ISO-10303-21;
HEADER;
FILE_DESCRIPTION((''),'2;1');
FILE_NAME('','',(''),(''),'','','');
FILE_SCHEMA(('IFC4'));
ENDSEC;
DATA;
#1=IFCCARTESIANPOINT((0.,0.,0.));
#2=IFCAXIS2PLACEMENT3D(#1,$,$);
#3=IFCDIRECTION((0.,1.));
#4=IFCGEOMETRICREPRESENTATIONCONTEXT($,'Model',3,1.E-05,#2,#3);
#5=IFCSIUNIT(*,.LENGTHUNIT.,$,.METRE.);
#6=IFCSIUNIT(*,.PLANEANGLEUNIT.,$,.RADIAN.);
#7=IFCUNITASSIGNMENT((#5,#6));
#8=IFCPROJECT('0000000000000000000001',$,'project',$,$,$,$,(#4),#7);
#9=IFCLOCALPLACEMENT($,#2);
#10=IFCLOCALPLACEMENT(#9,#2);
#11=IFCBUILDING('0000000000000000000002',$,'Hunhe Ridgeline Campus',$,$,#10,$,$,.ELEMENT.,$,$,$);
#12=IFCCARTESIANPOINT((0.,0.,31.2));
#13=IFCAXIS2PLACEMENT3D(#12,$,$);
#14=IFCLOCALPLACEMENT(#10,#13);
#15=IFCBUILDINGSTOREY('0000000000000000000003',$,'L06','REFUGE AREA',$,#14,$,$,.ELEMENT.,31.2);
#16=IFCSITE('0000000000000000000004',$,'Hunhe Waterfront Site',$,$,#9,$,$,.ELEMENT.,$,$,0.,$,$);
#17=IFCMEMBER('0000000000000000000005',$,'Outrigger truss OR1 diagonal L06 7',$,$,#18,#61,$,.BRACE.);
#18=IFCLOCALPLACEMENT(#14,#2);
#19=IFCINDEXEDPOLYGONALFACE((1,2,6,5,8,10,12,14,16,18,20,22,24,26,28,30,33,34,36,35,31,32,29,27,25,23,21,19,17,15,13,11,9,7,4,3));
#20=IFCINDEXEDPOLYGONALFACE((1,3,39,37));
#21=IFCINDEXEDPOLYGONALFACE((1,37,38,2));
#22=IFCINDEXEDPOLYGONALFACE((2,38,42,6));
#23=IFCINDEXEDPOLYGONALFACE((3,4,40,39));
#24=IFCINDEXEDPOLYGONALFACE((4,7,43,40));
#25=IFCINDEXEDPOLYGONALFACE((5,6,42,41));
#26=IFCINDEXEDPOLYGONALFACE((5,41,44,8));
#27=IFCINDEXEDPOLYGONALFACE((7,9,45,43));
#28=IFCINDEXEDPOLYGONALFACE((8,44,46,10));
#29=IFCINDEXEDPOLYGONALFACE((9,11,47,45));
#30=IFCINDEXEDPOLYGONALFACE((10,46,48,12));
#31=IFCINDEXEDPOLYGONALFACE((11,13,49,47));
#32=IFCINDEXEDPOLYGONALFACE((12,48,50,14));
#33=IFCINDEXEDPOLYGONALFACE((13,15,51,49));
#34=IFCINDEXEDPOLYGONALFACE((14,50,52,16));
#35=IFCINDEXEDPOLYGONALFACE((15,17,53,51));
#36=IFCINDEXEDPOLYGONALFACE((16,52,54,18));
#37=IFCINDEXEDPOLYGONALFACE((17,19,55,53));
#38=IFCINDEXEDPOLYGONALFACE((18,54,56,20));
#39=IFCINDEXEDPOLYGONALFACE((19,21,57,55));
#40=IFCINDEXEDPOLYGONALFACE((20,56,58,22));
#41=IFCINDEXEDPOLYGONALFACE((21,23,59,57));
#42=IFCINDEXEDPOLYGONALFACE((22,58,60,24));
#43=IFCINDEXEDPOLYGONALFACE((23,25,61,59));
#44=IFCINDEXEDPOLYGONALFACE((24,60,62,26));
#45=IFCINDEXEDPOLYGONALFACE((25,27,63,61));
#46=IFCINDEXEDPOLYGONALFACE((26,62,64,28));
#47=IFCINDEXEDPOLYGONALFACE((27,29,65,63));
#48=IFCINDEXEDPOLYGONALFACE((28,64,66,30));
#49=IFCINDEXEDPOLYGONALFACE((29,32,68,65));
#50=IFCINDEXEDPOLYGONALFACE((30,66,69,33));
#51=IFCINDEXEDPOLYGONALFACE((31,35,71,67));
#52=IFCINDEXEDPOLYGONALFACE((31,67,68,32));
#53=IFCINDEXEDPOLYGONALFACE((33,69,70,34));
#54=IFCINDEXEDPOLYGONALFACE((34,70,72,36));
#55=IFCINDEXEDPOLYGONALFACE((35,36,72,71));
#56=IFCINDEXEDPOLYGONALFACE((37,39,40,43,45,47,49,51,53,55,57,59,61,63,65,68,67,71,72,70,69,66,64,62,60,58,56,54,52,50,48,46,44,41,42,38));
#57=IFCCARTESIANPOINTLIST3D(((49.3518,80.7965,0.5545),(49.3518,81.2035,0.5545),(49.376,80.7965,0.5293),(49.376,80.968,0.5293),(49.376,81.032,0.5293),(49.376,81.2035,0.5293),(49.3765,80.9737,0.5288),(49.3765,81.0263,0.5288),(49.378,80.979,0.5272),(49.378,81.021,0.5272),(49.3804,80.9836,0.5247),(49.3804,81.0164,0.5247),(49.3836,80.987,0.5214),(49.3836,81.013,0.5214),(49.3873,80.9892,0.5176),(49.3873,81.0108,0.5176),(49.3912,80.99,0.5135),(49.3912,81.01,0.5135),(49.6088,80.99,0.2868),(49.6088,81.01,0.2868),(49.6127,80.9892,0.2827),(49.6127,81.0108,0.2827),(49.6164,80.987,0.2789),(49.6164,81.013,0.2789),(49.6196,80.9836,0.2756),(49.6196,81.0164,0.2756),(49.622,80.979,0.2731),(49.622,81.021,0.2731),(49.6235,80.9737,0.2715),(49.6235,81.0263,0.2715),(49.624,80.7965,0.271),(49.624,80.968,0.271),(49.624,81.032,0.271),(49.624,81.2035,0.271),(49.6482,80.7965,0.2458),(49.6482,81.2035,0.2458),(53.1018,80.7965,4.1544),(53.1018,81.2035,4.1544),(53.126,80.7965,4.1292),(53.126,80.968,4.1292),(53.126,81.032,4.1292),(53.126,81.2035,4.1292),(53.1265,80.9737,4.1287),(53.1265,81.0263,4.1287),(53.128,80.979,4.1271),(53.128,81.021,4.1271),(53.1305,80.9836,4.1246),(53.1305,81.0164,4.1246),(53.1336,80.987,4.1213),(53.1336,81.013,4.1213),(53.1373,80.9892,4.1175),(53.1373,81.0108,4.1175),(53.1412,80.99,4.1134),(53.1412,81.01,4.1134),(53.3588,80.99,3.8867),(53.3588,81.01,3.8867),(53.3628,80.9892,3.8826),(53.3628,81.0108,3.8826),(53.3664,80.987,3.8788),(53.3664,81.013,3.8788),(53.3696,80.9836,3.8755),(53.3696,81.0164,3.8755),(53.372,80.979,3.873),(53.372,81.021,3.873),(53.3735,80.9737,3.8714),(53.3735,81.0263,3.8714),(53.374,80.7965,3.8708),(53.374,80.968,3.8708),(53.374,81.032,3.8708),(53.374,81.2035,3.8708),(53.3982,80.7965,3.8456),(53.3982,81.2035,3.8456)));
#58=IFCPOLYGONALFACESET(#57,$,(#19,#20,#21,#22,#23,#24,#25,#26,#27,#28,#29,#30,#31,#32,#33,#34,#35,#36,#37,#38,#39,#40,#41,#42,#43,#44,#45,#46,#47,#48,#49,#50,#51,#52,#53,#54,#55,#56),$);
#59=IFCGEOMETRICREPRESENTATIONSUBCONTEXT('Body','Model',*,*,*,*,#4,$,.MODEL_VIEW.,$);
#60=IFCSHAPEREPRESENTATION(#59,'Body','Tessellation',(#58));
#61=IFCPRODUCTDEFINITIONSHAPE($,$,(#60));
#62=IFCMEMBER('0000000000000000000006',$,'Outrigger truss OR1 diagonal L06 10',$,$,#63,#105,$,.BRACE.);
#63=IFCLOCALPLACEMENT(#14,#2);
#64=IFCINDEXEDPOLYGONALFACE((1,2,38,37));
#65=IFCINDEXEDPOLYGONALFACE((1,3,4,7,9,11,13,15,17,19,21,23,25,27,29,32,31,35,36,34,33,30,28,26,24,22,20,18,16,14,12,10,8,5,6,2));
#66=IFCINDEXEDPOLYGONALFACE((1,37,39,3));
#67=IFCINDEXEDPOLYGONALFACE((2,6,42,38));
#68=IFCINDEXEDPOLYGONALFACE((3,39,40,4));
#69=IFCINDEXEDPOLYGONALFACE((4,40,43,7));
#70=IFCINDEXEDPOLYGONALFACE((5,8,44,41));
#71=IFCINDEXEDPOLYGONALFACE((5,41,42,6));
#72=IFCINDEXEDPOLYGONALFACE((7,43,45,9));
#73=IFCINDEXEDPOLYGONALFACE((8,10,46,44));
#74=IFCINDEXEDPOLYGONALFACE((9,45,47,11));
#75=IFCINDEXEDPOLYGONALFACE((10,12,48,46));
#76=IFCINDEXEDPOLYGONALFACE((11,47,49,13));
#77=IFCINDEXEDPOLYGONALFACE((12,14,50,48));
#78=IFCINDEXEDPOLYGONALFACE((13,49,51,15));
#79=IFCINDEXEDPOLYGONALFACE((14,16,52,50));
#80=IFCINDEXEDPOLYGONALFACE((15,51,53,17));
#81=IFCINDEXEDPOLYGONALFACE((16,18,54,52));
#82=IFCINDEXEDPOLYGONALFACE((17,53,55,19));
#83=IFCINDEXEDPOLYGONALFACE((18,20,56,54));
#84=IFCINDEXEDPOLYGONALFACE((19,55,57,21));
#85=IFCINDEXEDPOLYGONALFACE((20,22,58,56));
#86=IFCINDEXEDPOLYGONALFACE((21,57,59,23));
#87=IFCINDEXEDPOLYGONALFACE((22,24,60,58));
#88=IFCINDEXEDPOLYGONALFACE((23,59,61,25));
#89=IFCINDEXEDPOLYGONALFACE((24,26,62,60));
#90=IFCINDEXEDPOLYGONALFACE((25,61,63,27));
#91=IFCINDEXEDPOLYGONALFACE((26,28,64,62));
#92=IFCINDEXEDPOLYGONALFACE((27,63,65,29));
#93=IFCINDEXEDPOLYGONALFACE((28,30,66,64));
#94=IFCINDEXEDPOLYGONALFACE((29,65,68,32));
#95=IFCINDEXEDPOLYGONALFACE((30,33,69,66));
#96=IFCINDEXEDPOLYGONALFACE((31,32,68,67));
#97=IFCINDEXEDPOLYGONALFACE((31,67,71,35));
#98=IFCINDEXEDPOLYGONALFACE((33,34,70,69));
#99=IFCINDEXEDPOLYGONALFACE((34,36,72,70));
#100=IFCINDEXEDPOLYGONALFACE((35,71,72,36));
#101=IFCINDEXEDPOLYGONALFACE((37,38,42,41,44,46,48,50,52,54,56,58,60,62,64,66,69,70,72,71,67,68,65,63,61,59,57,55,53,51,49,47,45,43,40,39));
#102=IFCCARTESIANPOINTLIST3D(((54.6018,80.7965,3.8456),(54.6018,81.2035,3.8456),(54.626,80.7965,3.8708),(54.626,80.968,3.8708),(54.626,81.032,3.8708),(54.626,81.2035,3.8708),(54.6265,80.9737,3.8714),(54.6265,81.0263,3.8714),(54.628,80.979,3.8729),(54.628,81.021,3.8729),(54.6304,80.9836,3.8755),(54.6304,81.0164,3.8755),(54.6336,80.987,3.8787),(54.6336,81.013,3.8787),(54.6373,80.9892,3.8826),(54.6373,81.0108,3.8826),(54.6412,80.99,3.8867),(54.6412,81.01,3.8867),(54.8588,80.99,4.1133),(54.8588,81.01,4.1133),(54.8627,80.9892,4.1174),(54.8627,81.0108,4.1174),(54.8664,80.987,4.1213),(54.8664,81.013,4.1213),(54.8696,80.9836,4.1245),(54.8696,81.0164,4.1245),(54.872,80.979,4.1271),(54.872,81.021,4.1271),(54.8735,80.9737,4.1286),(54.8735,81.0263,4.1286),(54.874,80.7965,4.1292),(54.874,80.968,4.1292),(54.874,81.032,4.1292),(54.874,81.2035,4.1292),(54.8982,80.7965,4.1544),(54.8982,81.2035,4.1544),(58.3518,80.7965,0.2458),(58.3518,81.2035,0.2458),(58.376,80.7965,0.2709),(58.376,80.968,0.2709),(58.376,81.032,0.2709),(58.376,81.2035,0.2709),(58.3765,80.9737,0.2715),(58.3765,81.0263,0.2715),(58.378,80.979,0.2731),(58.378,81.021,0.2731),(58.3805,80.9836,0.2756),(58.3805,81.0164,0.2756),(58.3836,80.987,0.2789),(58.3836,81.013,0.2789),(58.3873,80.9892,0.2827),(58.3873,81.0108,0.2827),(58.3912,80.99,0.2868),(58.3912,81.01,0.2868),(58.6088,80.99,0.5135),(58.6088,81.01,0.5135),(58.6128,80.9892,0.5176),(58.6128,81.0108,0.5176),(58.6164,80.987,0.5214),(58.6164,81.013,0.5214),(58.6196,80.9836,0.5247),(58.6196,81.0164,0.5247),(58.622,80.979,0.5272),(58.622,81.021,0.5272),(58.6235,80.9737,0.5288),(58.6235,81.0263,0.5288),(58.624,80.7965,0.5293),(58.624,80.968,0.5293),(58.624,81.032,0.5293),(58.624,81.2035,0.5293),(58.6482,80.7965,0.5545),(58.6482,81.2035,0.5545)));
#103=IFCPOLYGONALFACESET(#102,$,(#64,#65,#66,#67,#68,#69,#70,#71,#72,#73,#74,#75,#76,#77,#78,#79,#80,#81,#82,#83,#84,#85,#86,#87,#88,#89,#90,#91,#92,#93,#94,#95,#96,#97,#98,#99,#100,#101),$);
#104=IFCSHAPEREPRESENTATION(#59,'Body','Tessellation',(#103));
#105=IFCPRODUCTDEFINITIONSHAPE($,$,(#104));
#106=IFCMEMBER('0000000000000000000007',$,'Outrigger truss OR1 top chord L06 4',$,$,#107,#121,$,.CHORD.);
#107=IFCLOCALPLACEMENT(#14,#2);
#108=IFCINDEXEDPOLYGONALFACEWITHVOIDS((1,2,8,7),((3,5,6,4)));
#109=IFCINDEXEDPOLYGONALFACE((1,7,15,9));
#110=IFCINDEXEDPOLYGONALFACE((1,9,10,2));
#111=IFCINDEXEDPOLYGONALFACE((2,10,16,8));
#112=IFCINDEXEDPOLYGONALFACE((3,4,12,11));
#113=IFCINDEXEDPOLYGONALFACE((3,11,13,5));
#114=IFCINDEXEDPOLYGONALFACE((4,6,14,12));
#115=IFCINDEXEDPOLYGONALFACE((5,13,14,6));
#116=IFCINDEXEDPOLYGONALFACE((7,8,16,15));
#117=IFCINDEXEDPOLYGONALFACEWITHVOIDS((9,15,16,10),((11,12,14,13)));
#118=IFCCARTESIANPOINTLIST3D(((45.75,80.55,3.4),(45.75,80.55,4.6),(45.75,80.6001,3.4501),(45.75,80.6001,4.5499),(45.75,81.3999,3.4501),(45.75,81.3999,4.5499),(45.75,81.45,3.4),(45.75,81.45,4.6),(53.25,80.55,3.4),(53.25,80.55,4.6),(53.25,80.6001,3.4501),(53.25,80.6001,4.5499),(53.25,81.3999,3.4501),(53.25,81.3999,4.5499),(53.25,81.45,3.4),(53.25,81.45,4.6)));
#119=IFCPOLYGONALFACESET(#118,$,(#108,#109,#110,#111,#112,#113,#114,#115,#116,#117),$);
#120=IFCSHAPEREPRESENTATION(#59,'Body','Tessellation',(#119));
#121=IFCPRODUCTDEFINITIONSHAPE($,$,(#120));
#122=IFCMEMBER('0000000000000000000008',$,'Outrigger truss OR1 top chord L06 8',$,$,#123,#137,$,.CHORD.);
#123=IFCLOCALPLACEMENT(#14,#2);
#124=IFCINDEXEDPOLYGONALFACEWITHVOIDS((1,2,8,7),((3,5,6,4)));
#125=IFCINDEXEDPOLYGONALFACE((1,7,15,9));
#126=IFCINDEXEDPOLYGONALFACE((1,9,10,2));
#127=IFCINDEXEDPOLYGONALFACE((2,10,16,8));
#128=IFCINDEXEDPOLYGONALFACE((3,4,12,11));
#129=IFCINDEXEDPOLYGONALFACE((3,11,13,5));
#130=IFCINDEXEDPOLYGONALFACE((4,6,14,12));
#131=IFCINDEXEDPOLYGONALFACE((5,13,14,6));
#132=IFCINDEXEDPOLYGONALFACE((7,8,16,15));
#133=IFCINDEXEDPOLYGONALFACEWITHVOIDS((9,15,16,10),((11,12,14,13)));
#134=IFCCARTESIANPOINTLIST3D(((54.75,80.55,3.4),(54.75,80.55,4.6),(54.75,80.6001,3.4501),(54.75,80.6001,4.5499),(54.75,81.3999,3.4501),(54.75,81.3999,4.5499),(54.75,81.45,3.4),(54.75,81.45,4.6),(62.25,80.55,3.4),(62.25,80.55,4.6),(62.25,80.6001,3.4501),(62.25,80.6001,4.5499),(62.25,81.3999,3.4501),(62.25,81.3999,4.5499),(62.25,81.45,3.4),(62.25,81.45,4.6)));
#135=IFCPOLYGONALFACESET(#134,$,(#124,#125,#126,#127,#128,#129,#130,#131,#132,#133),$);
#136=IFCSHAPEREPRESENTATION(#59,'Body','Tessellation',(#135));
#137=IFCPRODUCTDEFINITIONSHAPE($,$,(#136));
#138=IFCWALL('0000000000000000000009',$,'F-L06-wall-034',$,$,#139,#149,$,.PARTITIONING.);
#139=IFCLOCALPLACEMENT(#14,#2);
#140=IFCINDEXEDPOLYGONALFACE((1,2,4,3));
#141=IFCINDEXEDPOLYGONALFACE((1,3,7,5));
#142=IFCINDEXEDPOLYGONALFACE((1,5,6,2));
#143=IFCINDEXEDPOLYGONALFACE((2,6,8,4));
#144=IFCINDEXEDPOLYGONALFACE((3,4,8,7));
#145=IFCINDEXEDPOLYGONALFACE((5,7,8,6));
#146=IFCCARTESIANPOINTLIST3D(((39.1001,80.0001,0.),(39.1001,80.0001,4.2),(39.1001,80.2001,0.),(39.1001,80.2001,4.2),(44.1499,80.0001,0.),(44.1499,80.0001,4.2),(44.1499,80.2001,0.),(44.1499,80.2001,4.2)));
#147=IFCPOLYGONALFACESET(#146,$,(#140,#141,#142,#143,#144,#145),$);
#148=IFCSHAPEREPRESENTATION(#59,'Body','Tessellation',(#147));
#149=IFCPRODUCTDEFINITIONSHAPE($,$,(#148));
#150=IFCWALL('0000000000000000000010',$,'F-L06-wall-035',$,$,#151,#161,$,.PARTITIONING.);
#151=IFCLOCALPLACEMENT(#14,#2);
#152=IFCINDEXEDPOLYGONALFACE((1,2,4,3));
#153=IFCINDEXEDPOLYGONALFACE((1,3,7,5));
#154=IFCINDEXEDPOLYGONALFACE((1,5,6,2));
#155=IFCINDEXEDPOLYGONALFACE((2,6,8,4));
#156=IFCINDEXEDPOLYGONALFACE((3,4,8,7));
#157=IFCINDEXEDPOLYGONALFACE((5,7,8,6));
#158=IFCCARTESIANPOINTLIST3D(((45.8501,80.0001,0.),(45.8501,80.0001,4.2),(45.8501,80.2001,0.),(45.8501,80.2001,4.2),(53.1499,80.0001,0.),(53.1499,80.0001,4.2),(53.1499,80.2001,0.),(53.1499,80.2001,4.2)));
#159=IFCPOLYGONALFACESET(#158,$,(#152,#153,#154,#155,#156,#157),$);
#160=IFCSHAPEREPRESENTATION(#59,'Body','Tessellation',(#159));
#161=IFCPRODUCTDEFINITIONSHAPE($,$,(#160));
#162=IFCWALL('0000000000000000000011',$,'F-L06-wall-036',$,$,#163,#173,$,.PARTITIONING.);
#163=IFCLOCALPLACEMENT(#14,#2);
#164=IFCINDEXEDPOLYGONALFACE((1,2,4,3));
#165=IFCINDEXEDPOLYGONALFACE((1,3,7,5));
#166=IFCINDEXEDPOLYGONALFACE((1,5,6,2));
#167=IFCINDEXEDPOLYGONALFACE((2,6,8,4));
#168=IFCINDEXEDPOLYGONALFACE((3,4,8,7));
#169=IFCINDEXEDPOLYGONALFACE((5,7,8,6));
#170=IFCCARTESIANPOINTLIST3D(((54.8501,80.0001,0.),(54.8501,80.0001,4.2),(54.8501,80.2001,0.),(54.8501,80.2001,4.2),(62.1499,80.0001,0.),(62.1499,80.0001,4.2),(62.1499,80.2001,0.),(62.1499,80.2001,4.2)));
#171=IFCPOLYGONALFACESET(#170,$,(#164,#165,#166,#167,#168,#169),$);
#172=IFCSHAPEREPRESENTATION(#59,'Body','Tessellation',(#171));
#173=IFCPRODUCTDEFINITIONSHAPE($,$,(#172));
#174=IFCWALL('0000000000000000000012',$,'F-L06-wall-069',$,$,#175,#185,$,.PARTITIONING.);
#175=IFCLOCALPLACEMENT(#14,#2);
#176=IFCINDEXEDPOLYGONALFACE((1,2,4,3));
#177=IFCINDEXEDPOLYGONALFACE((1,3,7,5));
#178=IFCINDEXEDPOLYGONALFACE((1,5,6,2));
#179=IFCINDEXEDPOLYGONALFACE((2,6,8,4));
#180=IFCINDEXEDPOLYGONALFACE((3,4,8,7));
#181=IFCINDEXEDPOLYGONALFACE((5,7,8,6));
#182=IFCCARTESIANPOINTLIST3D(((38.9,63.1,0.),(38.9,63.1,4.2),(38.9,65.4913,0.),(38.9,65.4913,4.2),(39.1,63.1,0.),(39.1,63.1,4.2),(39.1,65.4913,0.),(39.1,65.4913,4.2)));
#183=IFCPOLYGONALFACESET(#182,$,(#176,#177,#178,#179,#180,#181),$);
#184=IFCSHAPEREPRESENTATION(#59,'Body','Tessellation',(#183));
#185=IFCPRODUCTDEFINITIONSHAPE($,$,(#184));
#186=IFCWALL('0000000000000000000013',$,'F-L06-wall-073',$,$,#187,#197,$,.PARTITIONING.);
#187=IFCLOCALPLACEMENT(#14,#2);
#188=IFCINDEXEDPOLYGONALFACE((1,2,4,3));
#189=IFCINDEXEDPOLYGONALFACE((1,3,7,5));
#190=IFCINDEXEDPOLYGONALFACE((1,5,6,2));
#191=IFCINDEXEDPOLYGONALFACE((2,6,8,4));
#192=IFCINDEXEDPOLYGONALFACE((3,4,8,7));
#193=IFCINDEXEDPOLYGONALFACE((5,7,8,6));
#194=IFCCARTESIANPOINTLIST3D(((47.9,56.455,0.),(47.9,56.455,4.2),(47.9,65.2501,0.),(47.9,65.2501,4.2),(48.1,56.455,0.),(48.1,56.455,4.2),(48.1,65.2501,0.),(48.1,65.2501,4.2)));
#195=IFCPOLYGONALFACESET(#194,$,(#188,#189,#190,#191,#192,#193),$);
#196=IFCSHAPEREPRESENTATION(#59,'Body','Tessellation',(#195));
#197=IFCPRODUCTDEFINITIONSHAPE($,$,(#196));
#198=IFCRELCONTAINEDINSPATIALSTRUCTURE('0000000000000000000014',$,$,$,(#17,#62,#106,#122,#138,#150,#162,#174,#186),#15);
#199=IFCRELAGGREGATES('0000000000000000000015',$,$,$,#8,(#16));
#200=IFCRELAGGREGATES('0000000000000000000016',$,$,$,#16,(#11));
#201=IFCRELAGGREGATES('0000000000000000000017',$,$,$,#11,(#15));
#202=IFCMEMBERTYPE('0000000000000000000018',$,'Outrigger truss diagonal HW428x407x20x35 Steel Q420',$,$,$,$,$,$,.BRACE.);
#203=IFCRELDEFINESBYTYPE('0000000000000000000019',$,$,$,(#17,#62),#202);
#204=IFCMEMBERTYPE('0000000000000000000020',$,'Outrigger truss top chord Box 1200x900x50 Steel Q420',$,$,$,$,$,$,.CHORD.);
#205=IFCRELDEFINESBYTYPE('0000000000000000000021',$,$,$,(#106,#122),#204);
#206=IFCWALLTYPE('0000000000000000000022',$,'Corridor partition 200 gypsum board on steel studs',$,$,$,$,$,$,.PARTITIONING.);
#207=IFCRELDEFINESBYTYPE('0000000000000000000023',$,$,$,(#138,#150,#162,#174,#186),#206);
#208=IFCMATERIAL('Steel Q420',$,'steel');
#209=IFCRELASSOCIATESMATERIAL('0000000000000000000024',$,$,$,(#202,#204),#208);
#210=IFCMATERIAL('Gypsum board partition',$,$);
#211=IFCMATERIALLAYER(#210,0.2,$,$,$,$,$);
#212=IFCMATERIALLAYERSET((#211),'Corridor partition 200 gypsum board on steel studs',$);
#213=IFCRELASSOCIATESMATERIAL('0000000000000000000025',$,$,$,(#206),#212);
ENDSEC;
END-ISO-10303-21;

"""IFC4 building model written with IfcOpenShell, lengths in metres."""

from ifc_helpers import new_model, si_unit, direction, frame, frame_2d, origin, origin_2d, place, context, subcontext, project, spatial, rectangle, hollow_rectangle, i_section, extrude, material, layer, layer_set, material_profile, profile_set, type_object, element, save


model = new_model("IFC4")

# Units and contexts
model_context = context("Model", 3, precision=1e-05, world=origin(), true_north=direction((0.0, 1.0)))
body_context = subcontext(model_context, "Body", "Model", "MODEL_VIEW")
ifc_project = project(units=[si_unit("LENGTHUNIT", "METRE"), si_unit("PLANEANGLEUNIT", "RADIAN")], contexts=[model_context])

# Site, building, storey
site_placement = place(None, origin())
site = spatial("IfcSite", under=ifc_project, at=site_placement, Name="Hunhe Waterfront Site", CompositionType="ELEMENT", RefElevation=0.0)
building_placement = place(site_placement, origin())
building = spatial("IfcBuilding", under=site, at=building_placement, Name="Hunhe Ridgeline Campus", CompositionType="ELEMENT")
storey_placement = place(building_placement, frame((0.0, 0.0, 31.2)))
storey = spatial("IfcBuildingStorey", under=building, at=storey_placement, Name="L06", Description="REFUGE AREA", CompositionType="ELEMENT", Elevation=31.2)

# Members
ifc_material_1 = material(Name="Steel Q420", Category="steel")
ifc_material_profile_1 = material_profile(ifc_material_1, i_section(OverallWidth=0.407, OverallDepth=0.428, WebThickness=0.02, FlangeThickness=0.0349, FilletRadius=0.022, at=origin_2d()))
ifc_profile_set_1 = profile_set([ifc_material_profile_1], Name="Steel Q420")
member_type_1 = type_object("IfcMemberType", Name="Outrigger truss diagonal HW428x407x20x35 Steel Q420", PredefinedType="BRACE", material=ifc_profile_set_1)
for number, where, z_axis, x_axis, name in (
    (1, (49.5, 81.0, 0.4001), (0.721401, 0.0, 0.692517), (0.0, 1.0, 0.0), "Outrigger truss OR1 diagonal L06 7"),
    (2, (54.75, 81.0, 4.0), (0.721401, 0.0, -0.692517), (0.0, 1.0, 0.0), "Outrigger truss OR1 diagonal L06 10"),
):
    element("IfcMember", number, at=place(storey_placement, frame(where, z_axis=z_axis, x_axis=x_axis)), inside=storey, type_object=member_type_1, Name=name, PredefinedType="BRACE", context=body_context, shape_type="SweptSolid", body=[
        extrude(i_section(OverallWidth=0.407, OverallDepth=0.428, WebThickness=0.02, FlangeThickness=0.0349, FilletRadius=0.022, at=origin_2d()), origin(), (0.0, 0.0, 1.0), 5.1982),
    ])
ifc_material_profile_2 = material_profile(ifc_material_1, hollow_rectangle(XDim=0.8999, YDim=1.2, WallThickness=0.05, at=origin_2d()))
ifc_profile_set_2 = profile_set([ifc_material_profile_2], Name="Steel Q420")
member_type_2 = type_object("IfcMemberType", Name="Outrigger truss top chord Box 1200x900x50 Steel Q420", PredefinedType="CHORD", material=ifc_profile_set_2)
for number, where, z_axis, x_axis, name in (
    (3, (45.75, 81.0, 4.0), (1.0, 0.0, 0.0), (0.0, 1.0, 0.0), "Outrigger truss OR1 top chord L06 4"),
    (4, (54.75, 81.0, 4.0), (1.0, 0.0, 0.0), (0.0, 1.0, 0.0), "Outrigger truss OR1 top chord L06 8"),
):
    element("IfcMember", number, at=place(storey_placement, frame(where, z_axis=z_axis, x_axis=x_axis)), inside=storey, type_object=member_type_2, Name=name, PredefinedType="CHORD", context=body_context, shape_type="SweptSolid", body=[
        extrude(hollow_rectangle(XDim=0.8999, YDim=1.2, WallThickness=0.05, at=origin_2d()), origin(), (0.0, 0.0, 1.0), 7.5),
    ])

# Walls
ifc_material_2 = material(Name="Gypsum board partition")
ifc_layer = layer(ifc_material_2, 0.2)
ifc_layer_set = layer_set([ifc_layer], Name="Corridor partition 200 gypsum board on steel studs")
wall_type = type_object("IfcWallType", Name="Corridor partition 200 gypsum board on steel studs", PredefinedType="PARTITIONING", material=ifc_layer_set)
wall_1_placement = place(storey_placement, frame((39.1001, 80.1001, 0.0), z_axis=(0.0, 0.0, 1.0), x_axis=(1.0, 0.0, 0.0)))
element("IfcWall", 5, at=wall_1_placement, inside=storey, type_object=wall_type, Name="F-L06-wall-034", PredefinedType="PARTITIONING", context=body_context, shape_type="SweptSolid", body=[
    extrude(rectangle(XDim=5.0498, YDim=0.2, at=frame_2d((2.5249, 0.0))), origin(), (0.0, 0.0, 1.0), 4.2),
])
for number, where, z_axis, x_axis, name in (
    (6, (45.8501, 80.1001, 0.0), (0.0, 0.0, 1.0), (1.0, 0.0, 0.0), "F-L06-wall-035"),
    (7, (54.8501, 80.1001, 0.0), (0.0, 0.0, 1.0), (1.0, 0.0, 0.0), "F-L06-wall-036"),
):
    element("IfcWall", number, at=place(storey_placement, frame(where, z_axis=z_axis, x_axis=x_axis)), inside=storey, type_object=wall_type, Name=name, PredefinedType="PARTITIONING", context=body_context, shape_type="SweptSolid", body=[
        extrude(rectangle(XDim=7.2998, YDim=0.2, at=frame_2d((3.6499, 0.0))), origin(), (0.0, 0.0, 1.0), 4.2),
    ])
wall_2_placement = place(storey_placement, frame((39.0, 65.4915, 0.0), z_axis=(0.0, 0.0, 1.0), x_axis=(0.0, -1.0, 0.0)))
element("IfcWall", 8, at=wall_2_placement, inside=storey, type_object=wall_type, Name="F-L06-wall-069", PredefinedType="PARTITIONING", context=body_context, shape_type="SweptSolid", body=[
    extrude(rectangle(XDim=2.3914, YDim=0.2, at=frame_2d((1.1958, 0.0))), origin(), (0.0, 0.0, 1.0), 4.2),
])
wall_3_placement = place(storey_placement, frame((48.0, 65.25, 0.0), z_axis=(0.0, 0.0, 1.0), x_axis=(0.0, -1.0, 0.0)))
element("IfcWall", 9, at=wall_3_placement, inside=storey, type_object=wall_type, Name="F-L06-wall-073", PredefinedType="PARTITIONING", context=body_context, shape_type="SweptSolid", body=[
    extrude(rectangle(XDim=8.7952, YDim=0.2, at=frame_2d((4.3975, 0.0))), origin(), (0.0, 0.0, 1.0), 4.2),
])

save(model, "model.ifc")
